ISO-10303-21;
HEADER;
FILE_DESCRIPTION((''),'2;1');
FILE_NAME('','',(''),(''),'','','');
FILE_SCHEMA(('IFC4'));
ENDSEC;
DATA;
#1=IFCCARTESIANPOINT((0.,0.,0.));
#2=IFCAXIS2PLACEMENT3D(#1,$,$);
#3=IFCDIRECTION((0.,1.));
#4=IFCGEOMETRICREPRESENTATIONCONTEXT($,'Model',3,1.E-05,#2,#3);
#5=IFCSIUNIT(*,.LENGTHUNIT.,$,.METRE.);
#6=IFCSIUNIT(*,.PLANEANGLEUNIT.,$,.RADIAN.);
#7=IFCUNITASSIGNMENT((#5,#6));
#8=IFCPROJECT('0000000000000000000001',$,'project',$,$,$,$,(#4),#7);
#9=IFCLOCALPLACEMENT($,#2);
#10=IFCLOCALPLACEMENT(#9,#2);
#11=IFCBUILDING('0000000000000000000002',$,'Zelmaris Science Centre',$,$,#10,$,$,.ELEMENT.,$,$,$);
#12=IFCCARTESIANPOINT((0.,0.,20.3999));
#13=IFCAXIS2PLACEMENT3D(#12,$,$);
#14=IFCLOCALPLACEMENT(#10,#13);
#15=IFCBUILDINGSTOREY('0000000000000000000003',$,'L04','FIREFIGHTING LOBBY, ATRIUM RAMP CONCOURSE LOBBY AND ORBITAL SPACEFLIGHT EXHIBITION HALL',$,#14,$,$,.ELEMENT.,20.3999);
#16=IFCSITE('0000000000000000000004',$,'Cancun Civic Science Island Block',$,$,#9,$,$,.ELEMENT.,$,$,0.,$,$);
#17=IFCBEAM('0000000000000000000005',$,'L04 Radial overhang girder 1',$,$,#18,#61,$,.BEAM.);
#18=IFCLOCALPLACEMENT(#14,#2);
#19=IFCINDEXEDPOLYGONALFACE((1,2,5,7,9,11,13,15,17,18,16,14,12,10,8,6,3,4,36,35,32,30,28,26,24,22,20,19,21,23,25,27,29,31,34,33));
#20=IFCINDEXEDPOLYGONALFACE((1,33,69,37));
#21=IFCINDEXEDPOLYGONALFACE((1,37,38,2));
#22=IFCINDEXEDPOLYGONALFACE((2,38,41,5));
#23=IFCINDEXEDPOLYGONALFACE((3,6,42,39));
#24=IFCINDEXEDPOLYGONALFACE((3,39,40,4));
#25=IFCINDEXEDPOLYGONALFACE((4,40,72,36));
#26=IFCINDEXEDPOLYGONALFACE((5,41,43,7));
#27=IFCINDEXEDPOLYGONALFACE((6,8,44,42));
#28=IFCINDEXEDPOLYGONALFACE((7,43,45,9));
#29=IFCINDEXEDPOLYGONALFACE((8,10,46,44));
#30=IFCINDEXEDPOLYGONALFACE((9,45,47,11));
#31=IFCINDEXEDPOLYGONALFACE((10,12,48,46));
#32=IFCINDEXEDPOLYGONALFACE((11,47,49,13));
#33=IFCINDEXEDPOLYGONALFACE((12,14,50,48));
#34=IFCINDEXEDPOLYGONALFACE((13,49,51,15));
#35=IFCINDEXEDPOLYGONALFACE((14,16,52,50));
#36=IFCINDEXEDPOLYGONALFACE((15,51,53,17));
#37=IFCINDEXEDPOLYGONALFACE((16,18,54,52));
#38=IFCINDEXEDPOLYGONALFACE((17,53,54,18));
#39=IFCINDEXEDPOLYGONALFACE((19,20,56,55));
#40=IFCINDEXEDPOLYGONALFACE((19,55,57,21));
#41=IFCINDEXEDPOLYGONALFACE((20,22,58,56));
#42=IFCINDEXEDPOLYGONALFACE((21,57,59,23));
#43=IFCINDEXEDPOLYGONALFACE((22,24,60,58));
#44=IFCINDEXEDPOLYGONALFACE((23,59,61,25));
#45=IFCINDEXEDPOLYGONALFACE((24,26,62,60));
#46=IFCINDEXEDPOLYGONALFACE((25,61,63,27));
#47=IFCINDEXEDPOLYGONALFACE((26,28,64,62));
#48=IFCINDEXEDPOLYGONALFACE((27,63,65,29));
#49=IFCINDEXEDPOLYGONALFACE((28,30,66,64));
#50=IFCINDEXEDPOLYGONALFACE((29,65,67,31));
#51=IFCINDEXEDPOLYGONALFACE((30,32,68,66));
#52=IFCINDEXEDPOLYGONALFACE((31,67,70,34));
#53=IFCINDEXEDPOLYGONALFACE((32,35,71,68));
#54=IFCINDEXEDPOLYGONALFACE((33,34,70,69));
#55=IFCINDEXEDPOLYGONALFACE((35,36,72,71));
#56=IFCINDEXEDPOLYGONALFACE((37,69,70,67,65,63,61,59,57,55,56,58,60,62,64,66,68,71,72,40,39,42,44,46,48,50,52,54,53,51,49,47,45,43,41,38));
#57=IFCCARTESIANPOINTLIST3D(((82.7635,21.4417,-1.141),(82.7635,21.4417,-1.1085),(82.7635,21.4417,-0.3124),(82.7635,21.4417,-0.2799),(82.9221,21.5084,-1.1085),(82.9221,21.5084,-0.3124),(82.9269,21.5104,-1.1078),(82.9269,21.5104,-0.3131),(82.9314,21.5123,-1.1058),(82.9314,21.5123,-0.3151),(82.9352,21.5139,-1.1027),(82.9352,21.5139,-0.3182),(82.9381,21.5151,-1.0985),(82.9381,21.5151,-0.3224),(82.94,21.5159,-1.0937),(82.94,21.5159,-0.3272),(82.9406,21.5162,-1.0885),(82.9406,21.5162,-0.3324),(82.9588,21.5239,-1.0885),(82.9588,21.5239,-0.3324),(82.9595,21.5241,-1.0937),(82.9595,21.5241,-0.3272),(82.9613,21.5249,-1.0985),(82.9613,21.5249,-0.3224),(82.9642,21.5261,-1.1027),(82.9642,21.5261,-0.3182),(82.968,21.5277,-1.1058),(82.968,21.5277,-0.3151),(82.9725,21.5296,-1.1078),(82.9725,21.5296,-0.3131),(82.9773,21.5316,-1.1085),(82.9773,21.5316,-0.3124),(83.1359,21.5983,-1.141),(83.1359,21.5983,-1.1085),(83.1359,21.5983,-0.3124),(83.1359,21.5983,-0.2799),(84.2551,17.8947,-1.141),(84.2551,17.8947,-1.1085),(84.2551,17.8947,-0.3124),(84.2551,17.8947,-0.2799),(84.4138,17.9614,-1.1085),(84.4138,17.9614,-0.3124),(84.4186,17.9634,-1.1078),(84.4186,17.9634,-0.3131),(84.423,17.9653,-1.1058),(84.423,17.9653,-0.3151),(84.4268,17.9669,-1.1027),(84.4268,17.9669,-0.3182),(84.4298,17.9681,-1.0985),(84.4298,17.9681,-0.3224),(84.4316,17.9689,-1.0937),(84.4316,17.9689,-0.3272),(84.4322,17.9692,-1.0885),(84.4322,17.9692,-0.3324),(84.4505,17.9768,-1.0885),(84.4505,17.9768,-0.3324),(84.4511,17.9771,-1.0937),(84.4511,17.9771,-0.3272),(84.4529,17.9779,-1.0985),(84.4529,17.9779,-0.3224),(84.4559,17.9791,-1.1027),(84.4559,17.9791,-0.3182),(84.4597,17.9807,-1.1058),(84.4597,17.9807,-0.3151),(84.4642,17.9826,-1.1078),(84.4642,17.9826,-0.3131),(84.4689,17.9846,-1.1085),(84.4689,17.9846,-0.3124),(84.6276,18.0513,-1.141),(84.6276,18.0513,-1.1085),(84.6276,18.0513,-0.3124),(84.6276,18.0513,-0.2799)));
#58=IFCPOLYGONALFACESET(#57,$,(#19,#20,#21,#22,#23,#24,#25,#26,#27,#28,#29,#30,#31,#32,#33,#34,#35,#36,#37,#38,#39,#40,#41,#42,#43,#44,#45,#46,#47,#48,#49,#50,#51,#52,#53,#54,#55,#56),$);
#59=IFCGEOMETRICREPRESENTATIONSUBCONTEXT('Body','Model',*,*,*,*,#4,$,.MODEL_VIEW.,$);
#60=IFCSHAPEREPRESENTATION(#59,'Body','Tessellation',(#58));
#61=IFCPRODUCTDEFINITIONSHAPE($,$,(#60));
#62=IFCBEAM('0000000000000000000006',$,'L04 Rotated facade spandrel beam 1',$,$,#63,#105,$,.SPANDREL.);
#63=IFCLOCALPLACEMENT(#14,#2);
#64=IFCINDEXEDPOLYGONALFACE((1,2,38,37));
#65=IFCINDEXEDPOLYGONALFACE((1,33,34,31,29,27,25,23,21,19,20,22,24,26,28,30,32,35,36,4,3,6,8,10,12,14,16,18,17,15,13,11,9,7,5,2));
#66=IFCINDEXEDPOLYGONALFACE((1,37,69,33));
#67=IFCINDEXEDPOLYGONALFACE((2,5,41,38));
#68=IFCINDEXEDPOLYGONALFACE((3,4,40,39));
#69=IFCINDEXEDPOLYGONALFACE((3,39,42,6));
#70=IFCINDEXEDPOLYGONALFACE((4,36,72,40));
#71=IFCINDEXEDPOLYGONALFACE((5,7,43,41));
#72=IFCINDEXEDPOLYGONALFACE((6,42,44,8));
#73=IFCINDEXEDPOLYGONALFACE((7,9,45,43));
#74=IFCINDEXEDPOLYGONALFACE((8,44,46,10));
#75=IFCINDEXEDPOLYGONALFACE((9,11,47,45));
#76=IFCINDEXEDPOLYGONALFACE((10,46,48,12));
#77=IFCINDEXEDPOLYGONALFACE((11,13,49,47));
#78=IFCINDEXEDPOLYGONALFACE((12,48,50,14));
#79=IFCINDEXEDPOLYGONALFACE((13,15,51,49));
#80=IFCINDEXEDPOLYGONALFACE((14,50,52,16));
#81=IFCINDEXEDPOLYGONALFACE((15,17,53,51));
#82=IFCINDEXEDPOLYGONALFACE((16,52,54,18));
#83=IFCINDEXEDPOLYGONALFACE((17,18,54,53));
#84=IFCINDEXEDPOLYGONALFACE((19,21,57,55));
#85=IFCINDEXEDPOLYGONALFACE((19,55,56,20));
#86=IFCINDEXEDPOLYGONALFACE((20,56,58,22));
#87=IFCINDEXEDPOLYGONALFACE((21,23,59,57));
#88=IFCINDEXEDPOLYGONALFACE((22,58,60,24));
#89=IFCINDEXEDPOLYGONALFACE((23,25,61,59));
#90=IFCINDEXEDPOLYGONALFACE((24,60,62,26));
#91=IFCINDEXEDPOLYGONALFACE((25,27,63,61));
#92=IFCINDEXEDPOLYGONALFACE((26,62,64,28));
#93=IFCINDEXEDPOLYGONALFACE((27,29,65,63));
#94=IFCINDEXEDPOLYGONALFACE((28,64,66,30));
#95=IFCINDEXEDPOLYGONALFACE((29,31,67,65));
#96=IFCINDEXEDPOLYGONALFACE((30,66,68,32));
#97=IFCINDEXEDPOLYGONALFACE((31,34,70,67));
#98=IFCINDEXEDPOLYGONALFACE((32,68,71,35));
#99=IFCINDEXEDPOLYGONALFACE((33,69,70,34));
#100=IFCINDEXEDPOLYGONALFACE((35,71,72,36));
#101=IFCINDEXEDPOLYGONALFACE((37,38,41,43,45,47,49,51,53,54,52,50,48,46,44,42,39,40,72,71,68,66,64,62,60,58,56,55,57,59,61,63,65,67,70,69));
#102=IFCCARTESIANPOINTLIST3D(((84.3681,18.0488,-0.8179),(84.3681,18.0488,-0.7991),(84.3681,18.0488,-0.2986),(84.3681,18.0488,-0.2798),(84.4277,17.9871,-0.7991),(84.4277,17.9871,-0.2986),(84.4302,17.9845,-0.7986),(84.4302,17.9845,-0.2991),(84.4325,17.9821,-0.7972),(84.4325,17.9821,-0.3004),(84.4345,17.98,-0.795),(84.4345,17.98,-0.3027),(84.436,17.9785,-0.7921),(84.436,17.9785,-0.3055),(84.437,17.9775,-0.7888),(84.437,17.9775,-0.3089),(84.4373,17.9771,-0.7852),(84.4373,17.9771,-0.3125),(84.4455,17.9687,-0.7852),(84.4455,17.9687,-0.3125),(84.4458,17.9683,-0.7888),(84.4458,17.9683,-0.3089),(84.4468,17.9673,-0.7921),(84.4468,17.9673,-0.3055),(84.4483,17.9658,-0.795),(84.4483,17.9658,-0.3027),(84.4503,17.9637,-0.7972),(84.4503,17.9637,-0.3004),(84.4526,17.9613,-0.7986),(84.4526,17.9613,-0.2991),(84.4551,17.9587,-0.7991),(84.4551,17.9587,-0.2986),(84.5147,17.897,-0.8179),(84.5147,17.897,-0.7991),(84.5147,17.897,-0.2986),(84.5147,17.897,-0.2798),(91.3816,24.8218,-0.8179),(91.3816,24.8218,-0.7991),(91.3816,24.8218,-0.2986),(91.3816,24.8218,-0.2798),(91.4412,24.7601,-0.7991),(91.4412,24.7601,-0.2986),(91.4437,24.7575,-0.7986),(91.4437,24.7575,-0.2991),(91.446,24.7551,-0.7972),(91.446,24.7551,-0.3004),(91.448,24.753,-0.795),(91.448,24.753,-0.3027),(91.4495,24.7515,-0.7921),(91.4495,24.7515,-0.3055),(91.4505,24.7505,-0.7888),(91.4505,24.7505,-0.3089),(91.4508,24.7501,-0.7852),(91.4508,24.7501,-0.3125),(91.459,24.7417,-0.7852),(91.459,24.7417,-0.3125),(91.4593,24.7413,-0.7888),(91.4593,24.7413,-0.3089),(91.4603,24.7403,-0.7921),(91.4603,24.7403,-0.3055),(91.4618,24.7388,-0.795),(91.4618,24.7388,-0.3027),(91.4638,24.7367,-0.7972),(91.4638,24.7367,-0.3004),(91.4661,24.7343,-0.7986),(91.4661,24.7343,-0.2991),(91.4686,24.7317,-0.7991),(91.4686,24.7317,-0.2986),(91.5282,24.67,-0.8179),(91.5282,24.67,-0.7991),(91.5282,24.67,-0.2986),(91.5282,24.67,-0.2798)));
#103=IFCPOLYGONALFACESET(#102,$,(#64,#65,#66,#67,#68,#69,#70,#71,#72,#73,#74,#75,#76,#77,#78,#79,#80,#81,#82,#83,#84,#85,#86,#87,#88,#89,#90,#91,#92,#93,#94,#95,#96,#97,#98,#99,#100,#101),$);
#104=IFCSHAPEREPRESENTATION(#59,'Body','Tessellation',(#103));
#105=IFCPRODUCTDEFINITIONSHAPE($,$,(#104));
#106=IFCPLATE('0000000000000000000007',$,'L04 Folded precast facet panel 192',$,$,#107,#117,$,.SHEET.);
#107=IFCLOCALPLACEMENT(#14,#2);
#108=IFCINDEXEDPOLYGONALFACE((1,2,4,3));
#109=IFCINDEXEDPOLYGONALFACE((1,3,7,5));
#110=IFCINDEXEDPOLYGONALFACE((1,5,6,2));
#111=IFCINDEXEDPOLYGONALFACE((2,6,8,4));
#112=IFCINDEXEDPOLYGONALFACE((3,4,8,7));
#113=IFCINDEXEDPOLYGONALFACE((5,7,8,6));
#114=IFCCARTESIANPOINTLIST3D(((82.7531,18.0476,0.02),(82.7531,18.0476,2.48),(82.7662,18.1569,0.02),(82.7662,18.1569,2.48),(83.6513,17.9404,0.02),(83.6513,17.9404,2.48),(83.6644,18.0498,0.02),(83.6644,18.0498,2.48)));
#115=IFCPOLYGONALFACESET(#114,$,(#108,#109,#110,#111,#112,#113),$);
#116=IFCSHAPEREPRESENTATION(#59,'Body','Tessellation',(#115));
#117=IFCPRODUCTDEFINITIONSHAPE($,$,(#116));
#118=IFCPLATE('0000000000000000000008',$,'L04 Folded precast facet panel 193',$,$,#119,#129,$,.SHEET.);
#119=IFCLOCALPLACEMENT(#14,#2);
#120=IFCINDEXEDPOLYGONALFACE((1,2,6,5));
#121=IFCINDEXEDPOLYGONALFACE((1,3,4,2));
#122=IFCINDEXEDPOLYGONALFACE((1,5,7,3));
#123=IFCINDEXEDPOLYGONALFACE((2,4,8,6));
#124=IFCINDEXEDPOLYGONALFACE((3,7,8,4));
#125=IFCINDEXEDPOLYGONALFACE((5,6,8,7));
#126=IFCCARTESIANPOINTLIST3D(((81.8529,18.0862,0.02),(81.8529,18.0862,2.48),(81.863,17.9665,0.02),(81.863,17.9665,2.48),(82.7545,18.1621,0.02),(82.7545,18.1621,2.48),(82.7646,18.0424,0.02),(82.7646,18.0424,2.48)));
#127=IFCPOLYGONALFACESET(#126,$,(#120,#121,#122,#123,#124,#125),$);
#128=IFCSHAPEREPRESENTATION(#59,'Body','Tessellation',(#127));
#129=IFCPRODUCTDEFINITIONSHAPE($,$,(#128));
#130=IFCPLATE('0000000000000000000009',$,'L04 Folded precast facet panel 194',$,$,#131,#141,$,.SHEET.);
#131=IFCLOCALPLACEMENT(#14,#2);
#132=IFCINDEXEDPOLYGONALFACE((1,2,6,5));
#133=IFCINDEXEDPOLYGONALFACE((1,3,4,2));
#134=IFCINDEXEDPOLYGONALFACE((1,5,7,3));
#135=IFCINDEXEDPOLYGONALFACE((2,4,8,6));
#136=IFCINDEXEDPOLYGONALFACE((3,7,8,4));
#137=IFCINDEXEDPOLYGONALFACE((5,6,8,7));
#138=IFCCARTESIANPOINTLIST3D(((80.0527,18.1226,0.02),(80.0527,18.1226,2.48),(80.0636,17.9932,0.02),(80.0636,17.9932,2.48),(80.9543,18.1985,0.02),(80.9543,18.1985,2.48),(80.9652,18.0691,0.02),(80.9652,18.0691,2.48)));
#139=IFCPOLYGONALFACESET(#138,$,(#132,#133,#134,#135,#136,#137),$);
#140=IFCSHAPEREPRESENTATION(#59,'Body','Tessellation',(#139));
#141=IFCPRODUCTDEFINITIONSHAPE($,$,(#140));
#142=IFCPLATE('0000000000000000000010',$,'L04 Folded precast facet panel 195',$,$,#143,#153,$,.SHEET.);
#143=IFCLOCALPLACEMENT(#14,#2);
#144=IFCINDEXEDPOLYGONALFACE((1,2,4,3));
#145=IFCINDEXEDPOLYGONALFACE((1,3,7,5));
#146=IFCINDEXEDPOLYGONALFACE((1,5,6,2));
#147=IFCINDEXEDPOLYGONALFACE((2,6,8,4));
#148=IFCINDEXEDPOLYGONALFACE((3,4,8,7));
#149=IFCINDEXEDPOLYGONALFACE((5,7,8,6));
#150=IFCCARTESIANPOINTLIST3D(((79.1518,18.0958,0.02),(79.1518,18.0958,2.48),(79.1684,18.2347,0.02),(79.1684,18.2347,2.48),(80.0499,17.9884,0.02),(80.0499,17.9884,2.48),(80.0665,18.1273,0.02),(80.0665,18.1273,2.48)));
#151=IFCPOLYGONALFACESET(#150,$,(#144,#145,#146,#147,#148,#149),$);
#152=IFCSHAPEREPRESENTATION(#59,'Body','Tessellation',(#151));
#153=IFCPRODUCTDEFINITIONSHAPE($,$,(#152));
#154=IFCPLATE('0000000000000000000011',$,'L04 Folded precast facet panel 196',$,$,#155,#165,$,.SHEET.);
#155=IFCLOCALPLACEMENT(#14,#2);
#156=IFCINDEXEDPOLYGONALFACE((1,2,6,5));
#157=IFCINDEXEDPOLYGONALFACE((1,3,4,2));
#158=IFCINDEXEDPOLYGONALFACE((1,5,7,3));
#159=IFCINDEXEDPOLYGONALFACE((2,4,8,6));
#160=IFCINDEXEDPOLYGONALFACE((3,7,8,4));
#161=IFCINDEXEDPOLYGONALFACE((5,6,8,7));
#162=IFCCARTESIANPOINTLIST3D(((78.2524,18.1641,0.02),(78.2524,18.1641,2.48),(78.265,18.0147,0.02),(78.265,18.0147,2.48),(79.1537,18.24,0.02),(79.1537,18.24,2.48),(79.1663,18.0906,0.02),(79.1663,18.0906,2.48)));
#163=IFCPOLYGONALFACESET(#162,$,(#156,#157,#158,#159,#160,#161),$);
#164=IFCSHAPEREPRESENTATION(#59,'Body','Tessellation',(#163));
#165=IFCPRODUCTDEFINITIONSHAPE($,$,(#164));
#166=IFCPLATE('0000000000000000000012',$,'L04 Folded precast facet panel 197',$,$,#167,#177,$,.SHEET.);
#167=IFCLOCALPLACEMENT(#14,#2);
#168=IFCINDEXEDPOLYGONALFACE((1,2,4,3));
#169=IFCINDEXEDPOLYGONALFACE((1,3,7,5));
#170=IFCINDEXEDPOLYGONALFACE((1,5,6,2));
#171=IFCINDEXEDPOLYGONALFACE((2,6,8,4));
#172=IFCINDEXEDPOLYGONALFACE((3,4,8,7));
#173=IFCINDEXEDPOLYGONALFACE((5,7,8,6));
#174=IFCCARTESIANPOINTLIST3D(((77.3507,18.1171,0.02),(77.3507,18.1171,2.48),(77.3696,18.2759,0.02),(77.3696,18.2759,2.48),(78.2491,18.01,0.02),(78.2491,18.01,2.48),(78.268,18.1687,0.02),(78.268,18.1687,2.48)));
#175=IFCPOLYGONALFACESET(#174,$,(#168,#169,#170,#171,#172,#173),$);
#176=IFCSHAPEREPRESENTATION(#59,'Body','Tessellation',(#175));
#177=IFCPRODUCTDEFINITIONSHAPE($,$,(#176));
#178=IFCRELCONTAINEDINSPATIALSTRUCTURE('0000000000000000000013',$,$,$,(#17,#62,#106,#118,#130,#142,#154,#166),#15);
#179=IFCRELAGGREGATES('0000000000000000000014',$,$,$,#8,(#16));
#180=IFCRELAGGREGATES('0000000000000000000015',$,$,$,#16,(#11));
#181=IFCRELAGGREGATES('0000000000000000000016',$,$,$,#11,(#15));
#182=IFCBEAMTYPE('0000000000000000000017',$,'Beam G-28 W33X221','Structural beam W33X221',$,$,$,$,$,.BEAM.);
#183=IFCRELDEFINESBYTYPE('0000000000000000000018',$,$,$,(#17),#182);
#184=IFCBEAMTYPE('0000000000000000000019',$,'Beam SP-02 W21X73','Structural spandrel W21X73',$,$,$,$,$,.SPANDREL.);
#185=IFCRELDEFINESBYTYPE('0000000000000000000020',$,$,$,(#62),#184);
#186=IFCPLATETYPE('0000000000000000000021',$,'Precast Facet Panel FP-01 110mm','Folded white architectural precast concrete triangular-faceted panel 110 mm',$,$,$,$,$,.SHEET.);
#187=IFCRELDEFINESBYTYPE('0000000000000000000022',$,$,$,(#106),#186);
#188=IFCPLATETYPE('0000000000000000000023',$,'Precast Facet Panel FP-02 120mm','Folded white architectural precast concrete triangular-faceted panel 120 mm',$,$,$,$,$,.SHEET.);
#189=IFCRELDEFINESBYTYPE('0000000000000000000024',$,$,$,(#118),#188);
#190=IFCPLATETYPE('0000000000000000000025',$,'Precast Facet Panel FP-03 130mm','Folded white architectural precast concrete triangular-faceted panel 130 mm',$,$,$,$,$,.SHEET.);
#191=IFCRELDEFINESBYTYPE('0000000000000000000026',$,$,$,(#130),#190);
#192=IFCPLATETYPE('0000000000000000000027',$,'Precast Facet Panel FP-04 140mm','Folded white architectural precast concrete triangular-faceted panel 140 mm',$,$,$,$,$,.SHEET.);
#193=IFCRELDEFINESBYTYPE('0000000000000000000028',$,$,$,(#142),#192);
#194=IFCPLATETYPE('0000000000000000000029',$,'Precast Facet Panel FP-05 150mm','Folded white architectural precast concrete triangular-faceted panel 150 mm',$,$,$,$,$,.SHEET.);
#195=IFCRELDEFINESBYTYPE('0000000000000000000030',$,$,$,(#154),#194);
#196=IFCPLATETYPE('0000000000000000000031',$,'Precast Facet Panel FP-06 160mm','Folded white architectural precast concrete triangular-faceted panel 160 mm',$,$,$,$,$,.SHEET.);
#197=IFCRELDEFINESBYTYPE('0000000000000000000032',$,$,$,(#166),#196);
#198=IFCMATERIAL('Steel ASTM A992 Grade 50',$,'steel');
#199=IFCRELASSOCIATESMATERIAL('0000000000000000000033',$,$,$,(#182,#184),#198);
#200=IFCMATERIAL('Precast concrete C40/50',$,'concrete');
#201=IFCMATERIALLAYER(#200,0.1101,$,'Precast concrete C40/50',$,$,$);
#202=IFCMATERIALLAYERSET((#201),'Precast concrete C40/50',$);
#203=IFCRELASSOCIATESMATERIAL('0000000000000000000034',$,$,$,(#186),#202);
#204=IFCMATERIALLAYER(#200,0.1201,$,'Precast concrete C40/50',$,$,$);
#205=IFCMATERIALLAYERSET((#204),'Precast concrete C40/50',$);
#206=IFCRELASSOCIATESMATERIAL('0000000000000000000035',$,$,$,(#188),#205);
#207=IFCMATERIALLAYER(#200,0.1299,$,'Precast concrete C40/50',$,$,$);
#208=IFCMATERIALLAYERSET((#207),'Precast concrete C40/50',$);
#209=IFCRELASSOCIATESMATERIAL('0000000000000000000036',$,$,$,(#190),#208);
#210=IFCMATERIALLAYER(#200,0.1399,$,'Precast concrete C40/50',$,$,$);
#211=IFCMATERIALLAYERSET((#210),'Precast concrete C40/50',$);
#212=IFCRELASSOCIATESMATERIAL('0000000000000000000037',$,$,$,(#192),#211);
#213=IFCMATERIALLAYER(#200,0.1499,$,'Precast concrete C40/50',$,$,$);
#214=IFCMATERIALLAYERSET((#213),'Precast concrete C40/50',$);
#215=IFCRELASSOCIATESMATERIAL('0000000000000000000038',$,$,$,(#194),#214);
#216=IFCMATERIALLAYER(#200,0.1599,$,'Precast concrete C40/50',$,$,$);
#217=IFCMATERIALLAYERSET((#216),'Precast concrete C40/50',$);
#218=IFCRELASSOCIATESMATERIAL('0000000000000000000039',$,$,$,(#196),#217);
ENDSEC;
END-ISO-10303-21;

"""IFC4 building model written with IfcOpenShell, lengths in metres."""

from ifc_helpers import new_model, si_unit, direction, frame, frame_2d, origin, origin_2d, place, context, subcontext, project, spatial, rectangle, i_section, extrude, material, layer, layer_set, material_profile, profile_set, type_object, element, save


model = new_model("IFC4")

# Units and contexts
model_context = context("Model", 3, precision=1e-05, world=origin(), true_north=direction((0.0, 1.0)))
body_context = subcontext(model_context, "Body", "Model", "MODEL_VIEW")
ifc_project = project(units=[si_unit("LENGTHUNIT", "METRE"), si_unit("PLANEANGLEUNIT", "RADIAN")], contexts=[model_context])

# Site, building, storey
site_placement = place(None, origin())
site = spatial("IfcSite", under=ifc_project, at=site_placement, Name="Cancun Civic Science Island Block", CompositionType="ELEMENT", RefElevation=0.0)
building_placement = place(site_placement, origin())
building = spatial("IfcBuilding", under=site, at=building_placement, Name="Zelmaris Science Centre", CompositionType="ELEMENT")
storey_placement = place(building_placement, frame((0.0, 0.0, 20.3999)))
storey = spatial("IfcBuildingStorey", under=building, at=storey_placement, Name="L04", Description="FIREFIGHTING LOBBY, ATRIUM RAMP CONCOURSE LOBBY AND ORBITAL SPACEFLIGHT EXHIBITION HALL", CompositionType="ELEMENT", Elevation=20.3999)

# Shared definitions
ifc_material_1 = material(Name="Steel ASTM A992 Grade 50", Category="steel")

# Beams
ifc_material_profile_1 = material_profile(ifc_material_1, i_section(OverallWidth=0.4041, OverallDepth=0.8611, WebThickness=0.0198, FlangeThickness=0.0325, FilletRadius=0.02, at=origin_2d()), Name="W33X221")
ifc_profile_set_1 = profile_set([ifc_material_profile_1], Name="Steel ASTM A992 Grade 50")
beam_type_1 = type_object("IfcBeamType", Name="Beam G-28 W33X221", Description="Structural beam W33X221", PredefinedType="BEAM", material=ifc_profile_set_1)
beam_1_placement = place(storey_placement, frame((82.9497, 21.52, -0.7104), z_axis=(0.387654, -0.921805, 0.0), x_axis=(0.921805, 0.387654, 0.0)))
element("IfcBeam", 1, at=beam_1_placement, inside=storey, type_object=beam_type_1, Name="L04 Radial overhang girder 1", PredefinedType="BEAM", context=body_context, shape_type="SweptSolid", body=[
    extrude(i_section(OverallWidth=0.4041, OverallDepth=0.8611, WebThickness=0.0198, FlangeThickness=0.0325, FilletRadius=0.02, at=origin_2d()), origin(), (0.0, 0.0, 1.0), 3.8479),
])
ifc_material_profile_2 = material_profile(ifc_material_1, i_section(OverallWidth=0.2109, OverallDepth=0.5381, WebThickness=0.0117, FlangeThickness=0.0188, FilletRadius=0.0139, at=origin_2d()), Name="W21X73")
ifc_profile_set_2 = profile_set([ifc_material_profile_2], Name="Steel ASTM A992 Grade 50")
beam_type_2 = type_object("IfcBeamType", Name="Beam SP-02 W21X73", Description="Structural spandrel W21X73", PredefinedType="SPANDREL", material=ifc_profile_set_2)
beam_2_placement = place(storey_placement, frame((84.4414, 17.9729, -0.5488), z_axis=(0.719332, 0.694667, 0.0), x_axis=(-0.694667, 0.719332, 0.0)))
element("IfcBeam", 2, at=beam_2_placement, inside=storey, type_object=beam_type_2, Name="L04 Rotated facade spandrel beam 1", PredefinedType="SPANDREL", context=body_context, shape_type="SweptSolid", body=[
    extrude(i_section(OverallWidth=0.2109, OverallDepth=0.5381, WebThickness=0.0117, FlangeThickness=0.0188, FilletRadius=0.0139, at=origin_2d()), origin(), (0.0, 0.0, 1.0), 9.75),
])

# Plates
ifc_material_2 = material(Name="Precast concrete C40/50", Category="concrete")
ifc_layer_1 = layer(ifc_material_2, 0.1101, Name="Precast concrete C40/50")
ifc_layer_set_1 = layer_set([ifc_layer_1], Name="Precast concrete C40/50")
plate_type_1 = type_object("IfcPlateType", Name="Precast Facet Panel FP-01 110mm", Description="Folded white architectural precast concrete triangular-faceted panel 110 mm", PredefinedType="SHEET", material=ifc_layer_set_1)
plate_1_placement = place(storey_placement, frame((83.6577, 17.9951, 0.02), z_axis=(0.0, 0.0, 1.0), x_axis=(-0.992956, 0.118485, 0.0)))
element("IfcPlate", 3, at=plate_1_placement, inside=storey, type_object=plate_type_1, Name="L04 Folded precast facet panel 192", PredefinedType="SHEET", context=body_context, shape_type="SweptSolid", body=[
    extrude(rectangle(XDim=0.9045, YDim=0.1101, at=frame_2d((0.4521, 0.0))), origin(), (0.0, 0.0, 1.0), 2.46),
])
ifc_layer_2 = layer(ifc_material_2, 0.1201, Name="Precast concrete C40/50")
ifc_layer_set_2 = layer_set([ifc_layer_2], Name="Precast concrete C40/50")
plate_type_2 = type_object("IfcPlateType", Name="Precast Facet Panel FP-02 120mm", Description="Folded white architectural precast concrete triangular-faceted panel 120 mm", PredefinedType="SHEET", material=ifc_layer_set_2)
plate_2_placement = place(storey_placement, frame((82.7595, 18.1023, 0.02), z_axis=(0.0, 0.0, 1.0), x_axis=(-0.996473, -0.083916, 0.0)))
element("IfcPlate", 4, at=plate_2_placement, inside=storey, type_object=plate_type_2, Name="L04 Folded precast facet panel 193", PredefinedType="SHEET", context=body_context, shape_type="SweptSolid", body=[
    extrude(rectangle(XDim=0.9048, YDim=0.1201, at=frame_2d((0.4524, 0.0))), origin(), (0.0, 0.0, 1.0), 2.46),
])
ifc_layer_3 = layer(ifc_material_2, 0.1299, Name="Precast concrete C40/50")
ifc_layer_set_3 = layer_set([ifc_layer_3], Name="Precast concrete C40/50")
plate_type_3 = type_object("IfcPlateType", Name="Precast Facet Panel FP-03 130mm", Description="Folded white architectural precast concrete triangular-faceted panel 130 mm", PredefinedType="SHEET", material=ifc_layer_set_3)
plate_3_placement = place(storey_placement, frame((80.9597, 18.1338, 0.02), z_axis=(0.0, 0.0, 1.0), x_axis=(-0.996473, -0.083916, 0.0)))
element("IfcPlate", 5, at=plate_3_placement, inside=storey, type_object=plate_type_3, Name="L04 Folded precast facet panel 194", PredefinedType="SHEET", context=body_context, shape_type="SweptSolid", body=[
    extrude(rectangle(XDim=0.9048, YDim=0.1299, at=frame_2d((0.4524, 0.0))), origin(), (0.0, 0.0, 1.0), 2.46),
])
ifc_layer_4 = layer(ifc_material_2, 0.1399, Name="Precast concrete C40/50")
ifc_layer_set_4 = layer_set([ifc_layer_4], Name="Precast concrete C40/50")
plate_type_4 = type_object("IfcPlateType", Name="Precast Facet Panel FP-04 140mm", Description="Folded white architectural precast concrete triangular-faceted panel 140 mm", PredefinedType="SHEET", material=ifc_layer_set_4)
plate_4_placement = place(storey_placement, frame((80.0581, 18.0579, 0.02), z_axis=(0.0, 0.0, 1.0), x_axis=(-0.992924, 0.118751, 0.0)))
element("IfcPlate", 6, at=plate_4_placement, inside=storey, type_object=plate_type_4, Name="L04 Folded precast facet panel 195", PredefinedType="SHEET", context=body_context, shape_type="SweptSolid", body=[
    extrude(rectangle(XDim=0.9045, YDim=0.1399, at=frame_2d((0.4521, 0.0))), origin(), (0.0, 0.0, 1.0), 2.46),
])
ifc_layer_5 = layer(ifc_material_2, 0.1499, Name="Precast concrete C40/50")
ifc_layer_set_5 = layer_set([ifc_layer_5], Name="Precast concrete C40/50")
plate_type_5 = type_object("IfcPlateType", Name="Precast Facet Panel FP-05 150mm", Description="Folded white architectural precast concrete triangular-faceted panel 150 mm", PredefinedType="SHEET", material=ifc_layer_set_5)
plate_5_placement = place(storey_placement, frame((79.1599, 18.1653, 0.02), z_axis=(0.0, 0.0, 1.0), x_axis=(-0.996471, -0.083939, 0.0)))
element("IfcPlate", 7, at=plate_5_placement, inside=storey, type_object=plate_type_5, Name="L04 Folded precast facet panel 196", PredefinedType="SHEET", context=body_context, shape_type="SweptSolid", body=[
    extrude(rectangle(XDim=0.9045, YDim=0.1499, at=frame_2d((0.4521, 0.0))), origin(), (0.0, 0.0, 1.0), 2.46),
])
ifc_layer_6 = layer(ifc_material_2, 0.1599, Name="Precast concrete C40/50")
ifc_layer_set_6 = layer_set([ifc_layer_6], Name="Precast concrete C40/50")
plate_type_6 = type_object("IfcPlateType", Name="Precast Facet Panel FP-06 160mm", Description="Folded white architectural precast concrete triangular-faceted panel 160 mm", PredefinedType="SHEET", material=ifc_layer_set_6)
plate_6_placement = place(storey_placement, frame((78.2585, 18.0894, 0.02), z_axis=(0.0, 0.0, 1.0), x_axis=(-0.99296, 0.118454, 0.0)))
element("IfcPlate", 8, at=plate_6_placement, inside=storey, type_object=plate_type_6, Name="L04 Folded precast facet panel 197", PredefinedType="SHEET", context=body_context, shape_type="SweptSolid", body=[
    extrude(rectangle(XDim=0.9048, YDim=0.1599, at=frame_2d((0.4524, 0.0))), origin(), (0.0, 0.0, 1.0), 2.46),
])

save(model, "model.ifc")
